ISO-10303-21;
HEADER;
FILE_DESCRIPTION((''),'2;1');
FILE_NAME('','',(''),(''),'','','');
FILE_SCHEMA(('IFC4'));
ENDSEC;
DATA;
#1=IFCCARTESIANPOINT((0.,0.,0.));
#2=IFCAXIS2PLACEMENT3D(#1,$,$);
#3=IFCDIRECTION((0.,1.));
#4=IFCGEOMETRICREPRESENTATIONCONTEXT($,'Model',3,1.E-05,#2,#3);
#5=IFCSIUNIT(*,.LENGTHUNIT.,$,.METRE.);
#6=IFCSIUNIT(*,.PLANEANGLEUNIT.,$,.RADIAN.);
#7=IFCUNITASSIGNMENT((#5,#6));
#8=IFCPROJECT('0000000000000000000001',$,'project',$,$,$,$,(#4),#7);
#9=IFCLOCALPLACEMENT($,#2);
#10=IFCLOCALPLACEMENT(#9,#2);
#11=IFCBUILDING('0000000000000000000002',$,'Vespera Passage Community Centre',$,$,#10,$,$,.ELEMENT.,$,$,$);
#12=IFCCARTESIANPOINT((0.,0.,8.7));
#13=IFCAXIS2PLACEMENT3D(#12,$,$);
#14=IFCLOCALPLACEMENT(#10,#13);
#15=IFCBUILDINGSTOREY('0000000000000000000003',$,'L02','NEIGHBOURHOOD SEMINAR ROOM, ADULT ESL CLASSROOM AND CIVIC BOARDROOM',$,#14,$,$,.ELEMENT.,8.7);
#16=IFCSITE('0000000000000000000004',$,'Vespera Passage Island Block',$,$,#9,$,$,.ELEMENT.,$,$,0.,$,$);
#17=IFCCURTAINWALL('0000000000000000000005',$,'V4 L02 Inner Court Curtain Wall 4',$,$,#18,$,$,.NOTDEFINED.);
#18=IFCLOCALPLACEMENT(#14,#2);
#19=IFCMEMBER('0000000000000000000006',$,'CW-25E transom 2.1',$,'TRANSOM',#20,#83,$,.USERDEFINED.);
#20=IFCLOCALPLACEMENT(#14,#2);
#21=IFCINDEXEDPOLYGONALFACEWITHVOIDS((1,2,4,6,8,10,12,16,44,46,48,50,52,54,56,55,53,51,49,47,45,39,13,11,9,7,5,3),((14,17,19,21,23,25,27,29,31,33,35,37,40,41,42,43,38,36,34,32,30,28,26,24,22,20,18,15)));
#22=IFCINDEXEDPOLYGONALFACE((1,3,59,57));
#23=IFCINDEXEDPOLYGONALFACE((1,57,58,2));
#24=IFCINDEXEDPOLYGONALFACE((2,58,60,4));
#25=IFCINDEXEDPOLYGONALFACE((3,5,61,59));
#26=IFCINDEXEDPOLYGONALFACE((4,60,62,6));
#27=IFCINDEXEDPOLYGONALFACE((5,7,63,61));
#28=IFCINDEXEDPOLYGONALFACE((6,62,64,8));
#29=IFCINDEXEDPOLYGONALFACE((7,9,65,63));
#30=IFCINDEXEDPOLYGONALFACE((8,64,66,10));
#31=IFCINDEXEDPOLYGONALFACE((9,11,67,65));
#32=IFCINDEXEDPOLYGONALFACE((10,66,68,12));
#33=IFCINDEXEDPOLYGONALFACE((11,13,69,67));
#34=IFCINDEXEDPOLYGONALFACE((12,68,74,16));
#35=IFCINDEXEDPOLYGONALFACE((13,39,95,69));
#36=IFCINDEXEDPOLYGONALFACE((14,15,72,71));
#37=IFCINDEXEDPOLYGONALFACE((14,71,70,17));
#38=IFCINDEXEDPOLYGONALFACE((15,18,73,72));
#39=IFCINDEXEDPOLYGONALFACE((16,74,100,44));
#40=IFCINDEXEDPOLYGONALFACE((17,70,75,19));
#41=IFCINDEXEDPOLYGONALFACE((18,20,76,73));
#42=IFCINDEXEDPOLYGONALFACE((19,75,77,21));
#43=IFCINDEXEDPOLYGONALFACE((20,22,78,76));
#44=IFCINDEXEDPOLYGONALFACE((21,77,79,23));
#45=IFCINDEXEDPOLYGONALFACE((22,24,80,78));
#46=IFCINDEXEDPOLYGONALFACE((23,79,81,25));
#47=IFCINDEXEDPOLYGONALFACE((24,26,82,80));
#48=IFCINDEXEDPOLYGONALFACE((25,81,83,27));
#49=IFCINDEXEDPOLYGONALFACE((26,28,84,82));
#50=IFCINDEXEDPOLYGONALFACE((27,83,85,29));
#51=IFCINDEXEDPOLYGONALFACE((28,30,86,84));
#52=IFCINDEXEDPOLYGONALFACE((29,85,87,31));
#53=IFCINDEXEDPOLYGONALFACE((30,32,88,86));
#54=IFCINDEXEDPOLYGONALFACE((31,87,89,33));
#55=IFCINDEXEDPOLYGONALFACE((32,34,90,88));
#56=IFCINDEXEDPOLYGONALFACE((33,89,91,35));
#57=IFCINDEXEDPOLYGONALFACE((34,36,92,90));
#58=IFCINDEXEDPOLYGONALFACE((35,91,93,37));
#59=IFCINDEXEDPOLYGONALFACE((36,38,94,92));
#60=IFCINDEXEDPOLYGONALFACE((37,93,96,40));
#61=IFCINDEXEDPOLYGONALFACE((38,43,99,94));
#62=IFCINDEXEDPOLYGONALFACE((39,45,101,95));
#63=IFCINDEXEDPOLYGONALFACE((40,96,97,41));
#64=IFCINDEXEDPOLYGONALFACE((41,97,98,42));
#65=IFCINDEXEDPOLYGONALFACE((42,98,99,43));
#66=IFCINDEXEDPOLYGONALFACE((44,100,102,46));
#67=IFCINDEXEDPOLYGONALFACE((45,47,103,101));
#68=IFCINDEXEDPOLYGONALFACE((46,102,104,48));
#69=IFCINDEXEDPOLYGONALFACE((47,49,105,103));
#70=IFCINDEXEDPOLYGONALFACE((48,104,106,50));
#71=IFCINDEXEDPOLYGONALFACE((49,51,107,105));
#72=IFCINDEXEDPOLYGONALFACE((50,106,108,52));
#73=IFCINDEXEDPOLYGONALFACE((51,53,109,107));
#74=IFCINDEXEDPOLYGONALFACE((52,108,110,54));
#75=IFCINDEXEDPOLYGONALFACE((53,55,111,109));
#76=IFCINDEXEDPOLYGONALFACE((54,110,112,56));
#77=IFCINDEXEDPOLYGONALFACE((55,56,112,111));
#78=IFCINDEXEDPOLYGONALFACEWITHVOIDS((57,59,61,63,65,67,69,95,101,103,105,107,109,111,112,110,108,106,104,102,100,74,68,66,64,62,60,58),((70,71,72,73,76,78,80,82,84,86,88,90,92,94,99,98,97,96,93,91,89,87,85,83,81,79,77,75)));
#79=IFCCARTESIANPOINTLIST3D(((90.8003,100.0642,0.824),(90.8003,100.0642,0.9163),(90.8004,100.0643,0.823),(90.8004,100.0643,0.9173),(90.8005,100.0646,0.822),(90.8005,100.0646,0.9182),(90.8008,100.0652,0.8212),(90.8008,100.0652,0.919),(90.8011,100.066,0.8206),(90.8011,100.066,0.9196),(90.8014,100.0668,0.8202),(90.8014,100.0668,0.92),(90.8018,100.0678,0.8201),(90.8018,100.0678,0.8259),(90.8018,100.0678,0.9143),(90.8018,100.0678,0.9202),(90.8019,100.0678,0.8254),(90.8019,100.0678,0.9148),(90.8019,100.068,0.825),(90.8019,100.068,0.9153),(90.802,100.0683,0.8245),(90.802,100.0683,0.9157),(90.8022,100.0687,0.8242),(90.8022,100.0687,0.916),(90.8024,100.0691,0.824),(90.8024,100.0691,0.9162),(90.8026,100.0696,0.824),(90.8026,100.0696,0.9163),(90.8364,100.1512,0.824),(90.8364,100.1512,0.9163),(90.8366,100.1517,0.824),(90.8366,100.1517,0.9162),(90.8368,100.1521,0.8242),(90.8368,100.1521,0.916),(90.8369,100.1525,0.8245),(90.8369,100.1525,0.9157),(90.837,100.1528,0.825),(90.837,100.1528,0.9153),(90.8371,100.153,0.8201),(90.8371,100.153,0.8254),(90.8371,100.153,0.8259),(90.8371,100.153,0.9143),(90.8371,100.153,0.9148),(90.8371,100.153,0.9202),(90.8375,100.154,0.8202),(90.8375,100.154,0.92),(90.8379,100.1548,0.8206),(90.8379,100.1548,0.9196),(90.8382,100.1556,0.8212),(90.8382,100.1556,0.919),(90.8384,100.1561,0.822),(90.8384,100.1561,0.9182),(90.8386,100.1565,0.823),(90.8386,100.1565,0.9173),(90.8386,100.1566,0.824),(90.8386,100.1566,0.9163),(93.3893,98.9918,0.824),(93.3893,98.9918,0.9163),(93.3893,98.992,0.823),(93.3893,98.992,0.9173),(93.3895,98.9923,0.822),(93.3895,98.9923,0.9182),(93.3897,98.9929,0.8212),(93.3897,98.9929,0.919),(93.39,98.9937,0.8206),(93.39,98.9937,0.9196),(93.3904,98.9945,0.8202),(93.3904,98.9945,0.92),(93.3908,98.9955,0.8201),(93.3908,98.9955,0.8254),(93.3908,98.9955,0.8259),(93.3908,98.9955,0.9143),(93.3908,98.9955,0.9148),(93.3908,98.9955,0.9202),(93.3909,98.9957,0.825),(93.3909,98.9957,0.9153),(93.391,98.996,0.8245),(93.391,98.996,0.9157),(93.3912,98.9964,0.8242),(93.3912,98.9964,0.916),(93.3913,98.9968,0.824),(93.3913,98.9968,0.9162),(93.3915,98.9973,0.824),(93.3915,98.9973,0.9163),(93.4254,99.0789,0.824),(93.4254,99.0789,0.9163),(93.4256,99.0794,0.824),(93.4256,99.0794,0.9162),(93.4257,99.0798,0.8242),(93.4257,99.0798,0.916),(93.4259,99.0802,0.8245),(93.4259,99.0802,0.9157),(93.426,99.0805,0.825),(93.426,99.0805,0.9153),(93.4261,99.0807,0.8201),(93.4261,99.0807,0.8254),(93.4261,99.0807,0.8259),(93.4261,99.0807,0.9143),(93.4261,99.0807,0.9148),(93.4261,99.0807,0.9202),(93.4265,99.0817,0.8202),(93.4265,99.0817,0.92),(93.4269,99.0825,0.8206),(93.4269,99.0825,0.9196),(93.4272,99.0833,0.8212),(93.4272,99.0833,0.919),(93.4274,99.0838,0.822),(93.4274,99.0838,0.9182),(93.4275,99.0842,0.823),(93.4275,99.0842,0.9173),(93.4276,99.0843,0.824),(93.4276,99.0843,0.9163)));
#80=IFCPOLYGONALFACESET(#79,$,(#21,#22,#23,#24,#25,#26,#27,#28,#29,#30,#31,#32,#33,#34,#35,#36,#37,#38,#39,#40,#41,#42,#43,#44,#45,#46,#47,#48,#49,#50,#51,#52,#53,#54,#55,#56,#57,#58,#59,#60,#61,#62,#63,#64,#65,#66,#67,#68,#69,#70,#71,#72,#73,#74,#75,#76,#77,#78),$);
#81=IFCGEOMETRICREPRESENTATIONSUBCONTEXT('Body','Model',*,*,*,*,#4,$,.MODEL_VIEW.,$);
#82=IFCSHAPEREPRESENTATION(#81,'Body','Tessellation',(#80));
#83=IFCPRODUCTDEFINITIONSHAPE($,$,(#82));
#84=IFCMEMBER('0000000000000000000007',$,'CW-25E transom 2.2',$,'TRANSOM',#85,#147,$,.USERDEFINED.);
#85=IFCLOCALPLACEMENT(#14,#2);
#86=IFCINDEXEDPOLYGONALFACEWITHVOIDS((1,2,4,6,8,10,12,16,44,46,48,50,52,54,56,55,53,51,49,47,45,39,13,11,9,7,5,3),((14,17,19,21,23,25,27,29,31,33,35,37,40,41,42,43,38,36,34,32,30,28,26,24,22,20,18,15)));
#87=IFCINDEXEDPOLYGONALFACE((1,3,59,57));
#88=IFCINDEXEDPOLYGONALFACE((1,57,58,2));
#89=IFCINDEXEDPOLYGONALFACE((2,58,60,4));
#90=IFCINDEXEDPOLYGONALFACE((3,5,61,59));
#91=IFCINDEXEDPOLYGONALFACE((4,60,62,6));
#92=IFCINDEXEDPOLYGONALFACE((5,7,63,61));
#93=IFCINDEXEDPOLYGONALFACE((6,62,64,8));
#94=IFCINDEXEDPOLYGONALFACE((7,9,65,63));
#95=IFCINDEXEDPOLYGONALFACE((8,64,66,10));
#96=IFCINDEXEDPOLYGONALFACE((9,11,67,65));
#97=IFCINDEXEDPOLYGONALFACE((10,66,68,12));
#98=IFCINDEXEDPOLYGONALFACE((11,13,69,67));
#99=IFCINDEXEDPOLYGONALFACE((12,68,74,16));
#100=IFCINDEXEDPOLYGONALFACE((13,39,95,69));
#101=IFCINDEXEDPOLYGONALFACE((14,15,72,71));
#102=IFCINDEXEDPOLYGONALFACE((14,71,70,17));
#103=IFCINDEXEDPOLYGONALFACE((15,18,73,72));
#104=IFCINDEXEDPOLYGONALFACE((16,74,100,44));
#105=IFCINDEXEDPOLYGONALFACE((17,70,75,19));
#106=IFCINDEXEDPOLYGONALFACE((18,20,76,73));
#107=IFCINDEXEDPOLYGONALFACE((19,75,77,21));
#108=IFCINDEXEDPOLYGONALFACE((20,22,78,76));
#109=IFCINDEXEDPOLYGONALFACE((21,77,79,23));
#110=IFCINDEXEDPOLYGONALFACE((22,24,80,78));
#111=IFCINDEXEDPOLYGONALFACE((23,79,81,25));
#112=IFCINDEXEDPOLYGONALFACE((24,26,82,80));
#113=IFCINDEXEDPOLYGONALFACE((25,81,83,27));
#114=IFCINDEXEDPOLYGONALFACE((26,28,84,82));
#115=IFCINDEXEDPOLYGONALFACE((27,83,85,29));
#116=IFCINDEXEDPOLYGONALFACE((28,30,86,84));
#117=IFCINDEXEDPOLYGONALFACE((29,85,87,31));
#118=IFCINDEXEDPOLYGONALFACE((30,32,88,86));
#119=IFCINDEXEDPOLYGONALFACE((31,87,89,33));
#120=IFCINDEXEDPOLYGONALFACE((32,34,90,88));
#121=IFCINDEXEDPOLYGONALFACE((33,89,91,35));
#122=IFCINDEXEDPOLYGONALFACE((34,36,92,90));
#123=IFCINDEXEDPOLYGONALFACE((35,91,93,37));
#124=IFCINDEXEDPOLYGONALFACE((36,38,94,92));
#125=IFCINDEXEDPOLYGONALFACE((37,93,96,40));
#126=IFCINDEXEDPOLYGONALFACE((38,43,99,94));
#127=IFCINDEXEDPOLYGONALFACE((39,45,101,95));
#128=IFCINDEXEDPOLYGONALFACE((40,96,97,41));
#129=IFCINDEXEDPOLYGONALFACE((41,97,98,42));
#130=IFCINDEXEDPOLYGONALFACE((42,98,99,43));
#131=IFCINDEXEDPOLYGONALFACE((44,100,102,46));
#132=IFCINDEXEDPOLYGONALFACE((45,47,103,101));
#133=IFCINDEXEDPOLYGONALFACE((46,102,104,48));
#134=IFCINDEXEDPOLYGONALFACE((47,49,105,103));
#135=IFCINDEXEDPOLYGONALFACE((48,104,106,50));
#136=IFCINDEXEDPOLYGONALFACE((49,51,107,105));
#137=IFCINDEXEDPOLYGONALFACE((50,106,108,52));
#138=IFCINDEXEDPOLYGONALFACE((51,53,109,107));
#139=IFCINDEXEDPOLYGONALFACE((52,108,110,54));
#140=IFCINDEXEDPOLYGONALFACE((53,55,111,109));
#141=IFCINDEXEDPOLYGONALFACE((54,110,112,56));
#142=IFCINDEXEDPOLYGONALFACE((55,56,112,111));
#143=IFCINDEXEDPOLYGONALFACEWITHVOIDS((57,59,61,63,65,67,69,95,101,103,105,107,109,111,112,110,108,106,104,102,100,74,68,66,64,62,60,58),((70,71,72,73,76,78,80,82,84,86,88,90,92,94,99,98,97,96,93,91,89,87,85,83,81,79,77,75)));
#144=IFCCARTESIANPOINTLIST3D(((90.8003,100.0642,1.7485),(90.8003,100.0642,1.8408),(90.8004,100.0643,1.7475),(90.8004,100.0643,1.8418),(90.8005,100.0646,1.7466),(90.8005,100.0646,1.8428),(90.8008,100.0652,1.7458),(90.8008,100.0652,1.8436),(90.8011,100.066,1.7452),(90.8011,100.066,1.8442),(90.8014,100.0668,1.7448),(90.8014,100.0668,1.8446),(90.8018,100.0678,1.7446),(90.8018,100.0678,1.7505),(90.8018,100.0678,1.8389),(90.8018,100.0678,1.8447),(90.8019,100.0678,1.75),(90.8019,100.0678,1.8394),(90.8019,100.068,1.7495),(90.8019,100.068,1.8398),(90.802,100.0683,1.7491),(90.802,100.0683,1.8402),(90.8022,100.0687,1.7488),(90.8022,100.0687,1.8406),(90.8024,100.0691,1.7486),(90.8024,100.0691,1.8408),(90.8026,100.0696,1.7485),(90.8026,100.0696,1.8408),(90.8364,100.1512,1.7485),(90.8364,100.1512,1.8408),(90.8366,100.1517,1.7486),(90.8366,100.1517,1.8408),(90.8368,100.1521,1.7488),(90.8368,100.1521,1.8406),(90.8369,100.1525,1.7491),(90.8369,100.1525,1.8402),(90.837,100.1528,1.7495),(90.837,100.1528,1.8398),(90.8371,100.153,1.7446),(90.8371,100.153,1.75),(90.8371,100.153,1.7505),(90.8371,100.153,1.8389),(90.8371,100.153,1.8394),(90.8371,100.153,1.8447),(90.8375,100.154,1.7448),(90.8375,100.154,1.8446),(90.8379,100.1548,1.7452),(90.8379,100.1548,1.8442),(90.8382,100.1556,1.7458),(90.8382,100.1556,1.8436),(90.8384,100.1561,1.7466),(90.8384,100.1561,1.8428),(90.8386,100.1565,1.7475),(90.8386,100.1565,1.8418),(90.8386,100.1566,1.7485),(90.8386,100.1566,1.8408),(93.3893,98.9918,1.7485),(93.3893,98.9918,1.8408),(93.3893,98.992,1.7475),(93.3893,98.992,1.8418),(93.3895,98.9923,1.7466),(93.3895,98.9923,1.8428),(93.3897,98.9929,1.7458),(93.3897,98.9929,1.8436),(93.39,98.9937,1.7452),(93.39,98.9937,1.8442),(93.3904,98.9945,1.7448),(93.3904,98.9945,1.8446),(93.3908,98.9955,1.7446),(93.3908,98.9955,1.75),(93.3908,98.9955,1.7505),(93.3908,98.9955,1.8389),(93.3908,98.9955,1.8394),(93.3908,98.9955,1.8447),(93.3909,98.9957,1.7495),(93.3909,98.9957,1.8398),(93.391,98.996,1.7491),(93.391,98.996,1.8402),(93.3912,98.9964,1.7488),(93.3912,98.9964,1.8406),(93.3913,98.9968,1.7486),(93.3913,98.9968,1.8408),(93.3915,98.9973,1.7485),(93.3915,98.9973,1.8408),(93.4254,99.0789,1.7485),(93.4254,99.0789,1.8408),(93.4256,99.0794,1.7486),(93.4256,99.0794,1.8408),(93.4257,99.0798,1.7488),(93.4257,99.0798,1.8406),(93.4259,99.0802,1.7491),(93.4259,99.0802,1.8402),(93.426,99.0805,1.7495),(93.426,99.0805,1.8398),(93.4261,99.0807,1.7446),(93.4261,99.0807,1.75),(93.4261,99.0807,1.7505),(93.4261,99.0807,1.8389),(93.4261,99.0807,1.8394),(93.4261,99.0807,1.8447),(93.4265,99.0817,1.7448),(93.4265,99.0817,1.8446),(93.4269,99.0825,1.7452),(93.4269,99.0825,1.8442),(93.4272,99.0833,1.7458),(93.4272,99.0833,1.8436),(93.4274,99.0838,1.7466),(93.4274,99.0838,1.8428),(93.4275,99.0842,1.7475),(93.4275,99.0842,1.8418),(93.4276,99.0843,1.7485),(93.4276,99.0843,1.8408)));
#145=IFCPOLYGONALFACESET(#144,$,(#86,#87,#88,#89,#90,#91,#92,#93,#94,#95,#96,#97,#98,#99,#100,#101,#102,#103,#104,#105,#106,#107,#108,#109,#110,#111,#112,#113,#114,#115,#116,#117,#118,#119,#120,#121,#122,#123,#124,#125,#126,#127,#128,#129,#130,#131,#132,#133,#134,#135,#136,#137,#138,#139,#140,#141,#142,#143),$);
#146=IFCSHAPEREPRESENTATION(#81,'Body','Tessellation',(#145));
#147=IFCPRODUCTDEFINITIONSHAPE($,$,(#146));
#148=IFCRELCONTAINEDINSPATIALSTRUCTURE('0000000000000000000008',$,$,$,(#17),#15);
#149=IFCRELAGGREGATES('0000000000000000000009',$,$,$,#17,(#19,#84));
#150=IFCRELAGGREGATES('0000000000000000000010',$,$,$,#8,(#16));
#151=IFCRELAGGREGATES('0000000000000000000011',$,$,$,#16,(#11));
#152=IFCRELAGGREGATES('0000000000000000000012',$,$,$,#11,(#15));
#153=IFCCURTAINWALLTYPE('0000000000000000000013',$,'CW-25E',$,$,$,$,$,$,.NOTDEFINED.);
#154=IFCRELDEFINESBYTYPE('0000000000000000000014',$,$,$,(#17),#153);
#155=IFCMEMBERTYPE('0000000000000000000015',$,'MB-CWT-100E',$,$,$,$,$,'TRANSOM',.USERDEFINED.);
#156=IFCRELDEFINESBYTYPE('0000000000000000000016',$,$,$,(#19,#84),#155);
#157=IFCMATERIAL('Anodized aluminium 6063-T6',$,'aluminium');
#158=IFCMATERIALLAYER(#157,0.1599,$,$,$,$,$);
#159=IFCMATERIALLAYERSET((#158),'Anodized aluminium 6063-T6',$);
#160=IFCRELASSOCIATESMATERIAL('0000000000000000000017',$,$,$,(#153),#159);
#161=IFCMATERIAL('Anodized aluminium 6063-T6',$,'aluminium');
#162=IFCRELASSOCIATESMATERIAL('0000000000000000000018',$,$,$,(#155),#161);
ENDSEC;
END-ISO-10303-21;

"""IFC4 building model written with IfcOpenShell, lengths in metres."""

from ifc_helpers import new_model, si_unit, direction, frame, origin, origin_2d, place, context, subcontext, project, spatial, hollow_rectangle, extrude, material, layer, layer_set, material_profile, profile_set, type_object, element, aggregate, save


model = new_model("IFC4")

# Units and contexts
model_context = context("Model", 3, precision=1e-05, world=origin(), true_north=direction((0.0, 1.0)))
body_context = subcontext(model_context, "Body", "Model", "MODEL_VIEW")
ifc_project = project(units=[si_unit("LENGTHUNIT", "METRE"), si_unit("PLANEANGLEUNIT", "RADIAN")], contexts=[model_context])

# Site, building, storey
site_placement = place(None, origin())
site = spatial("IfcSite", under=ifc_project, at=site_placement, Name="Vespera Passage Island Block", CompositionType="ELEMENT", RefElevation=0.0)
building_placement = place(site_placement, origin())
building = spatial("IfcBuilding", under=site, at=building_placement, Name="Vespera Passage Community Centre", CompositionType="ELEMENT")
storey_placement = place(building_placement, frame((0.0, 0.0, 8.7)))
storey = spatial("IfcBuildingStorey", under=building, at=storey_placement, Name="L02", Description="NEIGHBOURHOOD SEMINAR ROOM, ADULT ESL CLASSROOM AND CIVIC BOARDROOM", CompositionType="ELEMENT", Elevation=8.7)

# Curtain wall, members
ifc_material_1 = material(Name="Anodized aluminium 6063-T6", Category="aluminium")
ifc_layer_1 = layer(ifc_material_1, 0.1599)
ifc_layer_set_1 = layer_set([ifc_layer_1], Name="Anodized aluminium 6063-T6")
curtain_wall_type_1 = type_object("IfcCurtainWallType", Name="CW-25E", PredefinedType="NOTDEFINED", material=ifc_layer_set_1)
curtain_wall_1_placement = place(storey_placement, origin())
curtain_wall_1 = element("IfcCurtainWall", 1, at=curtain_wall_1_placement, inside=storey, type_object=curtain_wall_type_1, Name="V4 L02 Inner Court Curtain Wall 4", PredefinedType="NOTDEFINED")
ifc_material_2 = material(Name="Anodized aluminium 6063-T6", Category="aluminium")
ifc_material_profile_1 = material_profile(ifc_material_2, hollow_rectangle(XDim=0.1001, YDim=0.1001, WallThickness=0.0039, InnerFilletRadius=0.002, OuterFilletRadius=0.0039, at=origin_2d()), Name="ALU100X100X4")
ifc_profile_set_1 = profile_set([ifc_material_profile_1], Name="Anodized aluminium 6063-T6")
member_type_1 = type_object("IfcMemberType", Name="MB-CWT-100E", ElementType="TRANSOM", PredefinedType="USERDEFINED", material=ifc_profile_set_1)
member_1_placement = place(storey_placement, frame((93.4084, 99.0381, 0.8701), z_axis=(-0.923889, 0.38266, 0.0), x_axis=(-0.38266, -0.923889, 0.0)))
member_1 = element("IfcMember", 2, at=member_1_placement, type_object=member_type_1, Name="CW-25E transom 2.1", ObjectType="TRANSOM", PredefinedType="USERDEFINED", context=body_context, shape_type="SweptSolid", body=[
    extrude(hollow_rectangle(XDim=0.1001, YDim=0.1001, WallThickness=0.0039, InnerFilletRadius=0.002, OuterFilletRadius=0.0039, at=origin_2d()), origin(), (0.0, 0.0, 1.0), 2.8022),
])
member_2_placement = place(storey_placement, frame((93.4084, 99.0381, 1.7947), z_axis=(-0.923889, 0.38266, 0.0), x_axis=(-0.38266, -0.923889, 0.0)))
member_2 = element("IfcMember", 3, at=member_2_placement, type_object=member_type_1, Name="CW-25E transom 2.2", ObjectType="TRANSOM", PredefinedType="USERDEFINED", context=body_context, shape_type="SweptSolid", body=[
    extrude(hollow_rectangle(XDim=0.1001, YDim=0.1001, WallThickness=0.0039, InnerFilletRadius=0.002, OuterFilletRadius=0.0039, at=origin_2d()), origin(), (0.0, 0.0, 1.0), 2.8022),
])

aggregate(curtain_wall_1, [member_1, member_2])

save(model, "model.ifc")
